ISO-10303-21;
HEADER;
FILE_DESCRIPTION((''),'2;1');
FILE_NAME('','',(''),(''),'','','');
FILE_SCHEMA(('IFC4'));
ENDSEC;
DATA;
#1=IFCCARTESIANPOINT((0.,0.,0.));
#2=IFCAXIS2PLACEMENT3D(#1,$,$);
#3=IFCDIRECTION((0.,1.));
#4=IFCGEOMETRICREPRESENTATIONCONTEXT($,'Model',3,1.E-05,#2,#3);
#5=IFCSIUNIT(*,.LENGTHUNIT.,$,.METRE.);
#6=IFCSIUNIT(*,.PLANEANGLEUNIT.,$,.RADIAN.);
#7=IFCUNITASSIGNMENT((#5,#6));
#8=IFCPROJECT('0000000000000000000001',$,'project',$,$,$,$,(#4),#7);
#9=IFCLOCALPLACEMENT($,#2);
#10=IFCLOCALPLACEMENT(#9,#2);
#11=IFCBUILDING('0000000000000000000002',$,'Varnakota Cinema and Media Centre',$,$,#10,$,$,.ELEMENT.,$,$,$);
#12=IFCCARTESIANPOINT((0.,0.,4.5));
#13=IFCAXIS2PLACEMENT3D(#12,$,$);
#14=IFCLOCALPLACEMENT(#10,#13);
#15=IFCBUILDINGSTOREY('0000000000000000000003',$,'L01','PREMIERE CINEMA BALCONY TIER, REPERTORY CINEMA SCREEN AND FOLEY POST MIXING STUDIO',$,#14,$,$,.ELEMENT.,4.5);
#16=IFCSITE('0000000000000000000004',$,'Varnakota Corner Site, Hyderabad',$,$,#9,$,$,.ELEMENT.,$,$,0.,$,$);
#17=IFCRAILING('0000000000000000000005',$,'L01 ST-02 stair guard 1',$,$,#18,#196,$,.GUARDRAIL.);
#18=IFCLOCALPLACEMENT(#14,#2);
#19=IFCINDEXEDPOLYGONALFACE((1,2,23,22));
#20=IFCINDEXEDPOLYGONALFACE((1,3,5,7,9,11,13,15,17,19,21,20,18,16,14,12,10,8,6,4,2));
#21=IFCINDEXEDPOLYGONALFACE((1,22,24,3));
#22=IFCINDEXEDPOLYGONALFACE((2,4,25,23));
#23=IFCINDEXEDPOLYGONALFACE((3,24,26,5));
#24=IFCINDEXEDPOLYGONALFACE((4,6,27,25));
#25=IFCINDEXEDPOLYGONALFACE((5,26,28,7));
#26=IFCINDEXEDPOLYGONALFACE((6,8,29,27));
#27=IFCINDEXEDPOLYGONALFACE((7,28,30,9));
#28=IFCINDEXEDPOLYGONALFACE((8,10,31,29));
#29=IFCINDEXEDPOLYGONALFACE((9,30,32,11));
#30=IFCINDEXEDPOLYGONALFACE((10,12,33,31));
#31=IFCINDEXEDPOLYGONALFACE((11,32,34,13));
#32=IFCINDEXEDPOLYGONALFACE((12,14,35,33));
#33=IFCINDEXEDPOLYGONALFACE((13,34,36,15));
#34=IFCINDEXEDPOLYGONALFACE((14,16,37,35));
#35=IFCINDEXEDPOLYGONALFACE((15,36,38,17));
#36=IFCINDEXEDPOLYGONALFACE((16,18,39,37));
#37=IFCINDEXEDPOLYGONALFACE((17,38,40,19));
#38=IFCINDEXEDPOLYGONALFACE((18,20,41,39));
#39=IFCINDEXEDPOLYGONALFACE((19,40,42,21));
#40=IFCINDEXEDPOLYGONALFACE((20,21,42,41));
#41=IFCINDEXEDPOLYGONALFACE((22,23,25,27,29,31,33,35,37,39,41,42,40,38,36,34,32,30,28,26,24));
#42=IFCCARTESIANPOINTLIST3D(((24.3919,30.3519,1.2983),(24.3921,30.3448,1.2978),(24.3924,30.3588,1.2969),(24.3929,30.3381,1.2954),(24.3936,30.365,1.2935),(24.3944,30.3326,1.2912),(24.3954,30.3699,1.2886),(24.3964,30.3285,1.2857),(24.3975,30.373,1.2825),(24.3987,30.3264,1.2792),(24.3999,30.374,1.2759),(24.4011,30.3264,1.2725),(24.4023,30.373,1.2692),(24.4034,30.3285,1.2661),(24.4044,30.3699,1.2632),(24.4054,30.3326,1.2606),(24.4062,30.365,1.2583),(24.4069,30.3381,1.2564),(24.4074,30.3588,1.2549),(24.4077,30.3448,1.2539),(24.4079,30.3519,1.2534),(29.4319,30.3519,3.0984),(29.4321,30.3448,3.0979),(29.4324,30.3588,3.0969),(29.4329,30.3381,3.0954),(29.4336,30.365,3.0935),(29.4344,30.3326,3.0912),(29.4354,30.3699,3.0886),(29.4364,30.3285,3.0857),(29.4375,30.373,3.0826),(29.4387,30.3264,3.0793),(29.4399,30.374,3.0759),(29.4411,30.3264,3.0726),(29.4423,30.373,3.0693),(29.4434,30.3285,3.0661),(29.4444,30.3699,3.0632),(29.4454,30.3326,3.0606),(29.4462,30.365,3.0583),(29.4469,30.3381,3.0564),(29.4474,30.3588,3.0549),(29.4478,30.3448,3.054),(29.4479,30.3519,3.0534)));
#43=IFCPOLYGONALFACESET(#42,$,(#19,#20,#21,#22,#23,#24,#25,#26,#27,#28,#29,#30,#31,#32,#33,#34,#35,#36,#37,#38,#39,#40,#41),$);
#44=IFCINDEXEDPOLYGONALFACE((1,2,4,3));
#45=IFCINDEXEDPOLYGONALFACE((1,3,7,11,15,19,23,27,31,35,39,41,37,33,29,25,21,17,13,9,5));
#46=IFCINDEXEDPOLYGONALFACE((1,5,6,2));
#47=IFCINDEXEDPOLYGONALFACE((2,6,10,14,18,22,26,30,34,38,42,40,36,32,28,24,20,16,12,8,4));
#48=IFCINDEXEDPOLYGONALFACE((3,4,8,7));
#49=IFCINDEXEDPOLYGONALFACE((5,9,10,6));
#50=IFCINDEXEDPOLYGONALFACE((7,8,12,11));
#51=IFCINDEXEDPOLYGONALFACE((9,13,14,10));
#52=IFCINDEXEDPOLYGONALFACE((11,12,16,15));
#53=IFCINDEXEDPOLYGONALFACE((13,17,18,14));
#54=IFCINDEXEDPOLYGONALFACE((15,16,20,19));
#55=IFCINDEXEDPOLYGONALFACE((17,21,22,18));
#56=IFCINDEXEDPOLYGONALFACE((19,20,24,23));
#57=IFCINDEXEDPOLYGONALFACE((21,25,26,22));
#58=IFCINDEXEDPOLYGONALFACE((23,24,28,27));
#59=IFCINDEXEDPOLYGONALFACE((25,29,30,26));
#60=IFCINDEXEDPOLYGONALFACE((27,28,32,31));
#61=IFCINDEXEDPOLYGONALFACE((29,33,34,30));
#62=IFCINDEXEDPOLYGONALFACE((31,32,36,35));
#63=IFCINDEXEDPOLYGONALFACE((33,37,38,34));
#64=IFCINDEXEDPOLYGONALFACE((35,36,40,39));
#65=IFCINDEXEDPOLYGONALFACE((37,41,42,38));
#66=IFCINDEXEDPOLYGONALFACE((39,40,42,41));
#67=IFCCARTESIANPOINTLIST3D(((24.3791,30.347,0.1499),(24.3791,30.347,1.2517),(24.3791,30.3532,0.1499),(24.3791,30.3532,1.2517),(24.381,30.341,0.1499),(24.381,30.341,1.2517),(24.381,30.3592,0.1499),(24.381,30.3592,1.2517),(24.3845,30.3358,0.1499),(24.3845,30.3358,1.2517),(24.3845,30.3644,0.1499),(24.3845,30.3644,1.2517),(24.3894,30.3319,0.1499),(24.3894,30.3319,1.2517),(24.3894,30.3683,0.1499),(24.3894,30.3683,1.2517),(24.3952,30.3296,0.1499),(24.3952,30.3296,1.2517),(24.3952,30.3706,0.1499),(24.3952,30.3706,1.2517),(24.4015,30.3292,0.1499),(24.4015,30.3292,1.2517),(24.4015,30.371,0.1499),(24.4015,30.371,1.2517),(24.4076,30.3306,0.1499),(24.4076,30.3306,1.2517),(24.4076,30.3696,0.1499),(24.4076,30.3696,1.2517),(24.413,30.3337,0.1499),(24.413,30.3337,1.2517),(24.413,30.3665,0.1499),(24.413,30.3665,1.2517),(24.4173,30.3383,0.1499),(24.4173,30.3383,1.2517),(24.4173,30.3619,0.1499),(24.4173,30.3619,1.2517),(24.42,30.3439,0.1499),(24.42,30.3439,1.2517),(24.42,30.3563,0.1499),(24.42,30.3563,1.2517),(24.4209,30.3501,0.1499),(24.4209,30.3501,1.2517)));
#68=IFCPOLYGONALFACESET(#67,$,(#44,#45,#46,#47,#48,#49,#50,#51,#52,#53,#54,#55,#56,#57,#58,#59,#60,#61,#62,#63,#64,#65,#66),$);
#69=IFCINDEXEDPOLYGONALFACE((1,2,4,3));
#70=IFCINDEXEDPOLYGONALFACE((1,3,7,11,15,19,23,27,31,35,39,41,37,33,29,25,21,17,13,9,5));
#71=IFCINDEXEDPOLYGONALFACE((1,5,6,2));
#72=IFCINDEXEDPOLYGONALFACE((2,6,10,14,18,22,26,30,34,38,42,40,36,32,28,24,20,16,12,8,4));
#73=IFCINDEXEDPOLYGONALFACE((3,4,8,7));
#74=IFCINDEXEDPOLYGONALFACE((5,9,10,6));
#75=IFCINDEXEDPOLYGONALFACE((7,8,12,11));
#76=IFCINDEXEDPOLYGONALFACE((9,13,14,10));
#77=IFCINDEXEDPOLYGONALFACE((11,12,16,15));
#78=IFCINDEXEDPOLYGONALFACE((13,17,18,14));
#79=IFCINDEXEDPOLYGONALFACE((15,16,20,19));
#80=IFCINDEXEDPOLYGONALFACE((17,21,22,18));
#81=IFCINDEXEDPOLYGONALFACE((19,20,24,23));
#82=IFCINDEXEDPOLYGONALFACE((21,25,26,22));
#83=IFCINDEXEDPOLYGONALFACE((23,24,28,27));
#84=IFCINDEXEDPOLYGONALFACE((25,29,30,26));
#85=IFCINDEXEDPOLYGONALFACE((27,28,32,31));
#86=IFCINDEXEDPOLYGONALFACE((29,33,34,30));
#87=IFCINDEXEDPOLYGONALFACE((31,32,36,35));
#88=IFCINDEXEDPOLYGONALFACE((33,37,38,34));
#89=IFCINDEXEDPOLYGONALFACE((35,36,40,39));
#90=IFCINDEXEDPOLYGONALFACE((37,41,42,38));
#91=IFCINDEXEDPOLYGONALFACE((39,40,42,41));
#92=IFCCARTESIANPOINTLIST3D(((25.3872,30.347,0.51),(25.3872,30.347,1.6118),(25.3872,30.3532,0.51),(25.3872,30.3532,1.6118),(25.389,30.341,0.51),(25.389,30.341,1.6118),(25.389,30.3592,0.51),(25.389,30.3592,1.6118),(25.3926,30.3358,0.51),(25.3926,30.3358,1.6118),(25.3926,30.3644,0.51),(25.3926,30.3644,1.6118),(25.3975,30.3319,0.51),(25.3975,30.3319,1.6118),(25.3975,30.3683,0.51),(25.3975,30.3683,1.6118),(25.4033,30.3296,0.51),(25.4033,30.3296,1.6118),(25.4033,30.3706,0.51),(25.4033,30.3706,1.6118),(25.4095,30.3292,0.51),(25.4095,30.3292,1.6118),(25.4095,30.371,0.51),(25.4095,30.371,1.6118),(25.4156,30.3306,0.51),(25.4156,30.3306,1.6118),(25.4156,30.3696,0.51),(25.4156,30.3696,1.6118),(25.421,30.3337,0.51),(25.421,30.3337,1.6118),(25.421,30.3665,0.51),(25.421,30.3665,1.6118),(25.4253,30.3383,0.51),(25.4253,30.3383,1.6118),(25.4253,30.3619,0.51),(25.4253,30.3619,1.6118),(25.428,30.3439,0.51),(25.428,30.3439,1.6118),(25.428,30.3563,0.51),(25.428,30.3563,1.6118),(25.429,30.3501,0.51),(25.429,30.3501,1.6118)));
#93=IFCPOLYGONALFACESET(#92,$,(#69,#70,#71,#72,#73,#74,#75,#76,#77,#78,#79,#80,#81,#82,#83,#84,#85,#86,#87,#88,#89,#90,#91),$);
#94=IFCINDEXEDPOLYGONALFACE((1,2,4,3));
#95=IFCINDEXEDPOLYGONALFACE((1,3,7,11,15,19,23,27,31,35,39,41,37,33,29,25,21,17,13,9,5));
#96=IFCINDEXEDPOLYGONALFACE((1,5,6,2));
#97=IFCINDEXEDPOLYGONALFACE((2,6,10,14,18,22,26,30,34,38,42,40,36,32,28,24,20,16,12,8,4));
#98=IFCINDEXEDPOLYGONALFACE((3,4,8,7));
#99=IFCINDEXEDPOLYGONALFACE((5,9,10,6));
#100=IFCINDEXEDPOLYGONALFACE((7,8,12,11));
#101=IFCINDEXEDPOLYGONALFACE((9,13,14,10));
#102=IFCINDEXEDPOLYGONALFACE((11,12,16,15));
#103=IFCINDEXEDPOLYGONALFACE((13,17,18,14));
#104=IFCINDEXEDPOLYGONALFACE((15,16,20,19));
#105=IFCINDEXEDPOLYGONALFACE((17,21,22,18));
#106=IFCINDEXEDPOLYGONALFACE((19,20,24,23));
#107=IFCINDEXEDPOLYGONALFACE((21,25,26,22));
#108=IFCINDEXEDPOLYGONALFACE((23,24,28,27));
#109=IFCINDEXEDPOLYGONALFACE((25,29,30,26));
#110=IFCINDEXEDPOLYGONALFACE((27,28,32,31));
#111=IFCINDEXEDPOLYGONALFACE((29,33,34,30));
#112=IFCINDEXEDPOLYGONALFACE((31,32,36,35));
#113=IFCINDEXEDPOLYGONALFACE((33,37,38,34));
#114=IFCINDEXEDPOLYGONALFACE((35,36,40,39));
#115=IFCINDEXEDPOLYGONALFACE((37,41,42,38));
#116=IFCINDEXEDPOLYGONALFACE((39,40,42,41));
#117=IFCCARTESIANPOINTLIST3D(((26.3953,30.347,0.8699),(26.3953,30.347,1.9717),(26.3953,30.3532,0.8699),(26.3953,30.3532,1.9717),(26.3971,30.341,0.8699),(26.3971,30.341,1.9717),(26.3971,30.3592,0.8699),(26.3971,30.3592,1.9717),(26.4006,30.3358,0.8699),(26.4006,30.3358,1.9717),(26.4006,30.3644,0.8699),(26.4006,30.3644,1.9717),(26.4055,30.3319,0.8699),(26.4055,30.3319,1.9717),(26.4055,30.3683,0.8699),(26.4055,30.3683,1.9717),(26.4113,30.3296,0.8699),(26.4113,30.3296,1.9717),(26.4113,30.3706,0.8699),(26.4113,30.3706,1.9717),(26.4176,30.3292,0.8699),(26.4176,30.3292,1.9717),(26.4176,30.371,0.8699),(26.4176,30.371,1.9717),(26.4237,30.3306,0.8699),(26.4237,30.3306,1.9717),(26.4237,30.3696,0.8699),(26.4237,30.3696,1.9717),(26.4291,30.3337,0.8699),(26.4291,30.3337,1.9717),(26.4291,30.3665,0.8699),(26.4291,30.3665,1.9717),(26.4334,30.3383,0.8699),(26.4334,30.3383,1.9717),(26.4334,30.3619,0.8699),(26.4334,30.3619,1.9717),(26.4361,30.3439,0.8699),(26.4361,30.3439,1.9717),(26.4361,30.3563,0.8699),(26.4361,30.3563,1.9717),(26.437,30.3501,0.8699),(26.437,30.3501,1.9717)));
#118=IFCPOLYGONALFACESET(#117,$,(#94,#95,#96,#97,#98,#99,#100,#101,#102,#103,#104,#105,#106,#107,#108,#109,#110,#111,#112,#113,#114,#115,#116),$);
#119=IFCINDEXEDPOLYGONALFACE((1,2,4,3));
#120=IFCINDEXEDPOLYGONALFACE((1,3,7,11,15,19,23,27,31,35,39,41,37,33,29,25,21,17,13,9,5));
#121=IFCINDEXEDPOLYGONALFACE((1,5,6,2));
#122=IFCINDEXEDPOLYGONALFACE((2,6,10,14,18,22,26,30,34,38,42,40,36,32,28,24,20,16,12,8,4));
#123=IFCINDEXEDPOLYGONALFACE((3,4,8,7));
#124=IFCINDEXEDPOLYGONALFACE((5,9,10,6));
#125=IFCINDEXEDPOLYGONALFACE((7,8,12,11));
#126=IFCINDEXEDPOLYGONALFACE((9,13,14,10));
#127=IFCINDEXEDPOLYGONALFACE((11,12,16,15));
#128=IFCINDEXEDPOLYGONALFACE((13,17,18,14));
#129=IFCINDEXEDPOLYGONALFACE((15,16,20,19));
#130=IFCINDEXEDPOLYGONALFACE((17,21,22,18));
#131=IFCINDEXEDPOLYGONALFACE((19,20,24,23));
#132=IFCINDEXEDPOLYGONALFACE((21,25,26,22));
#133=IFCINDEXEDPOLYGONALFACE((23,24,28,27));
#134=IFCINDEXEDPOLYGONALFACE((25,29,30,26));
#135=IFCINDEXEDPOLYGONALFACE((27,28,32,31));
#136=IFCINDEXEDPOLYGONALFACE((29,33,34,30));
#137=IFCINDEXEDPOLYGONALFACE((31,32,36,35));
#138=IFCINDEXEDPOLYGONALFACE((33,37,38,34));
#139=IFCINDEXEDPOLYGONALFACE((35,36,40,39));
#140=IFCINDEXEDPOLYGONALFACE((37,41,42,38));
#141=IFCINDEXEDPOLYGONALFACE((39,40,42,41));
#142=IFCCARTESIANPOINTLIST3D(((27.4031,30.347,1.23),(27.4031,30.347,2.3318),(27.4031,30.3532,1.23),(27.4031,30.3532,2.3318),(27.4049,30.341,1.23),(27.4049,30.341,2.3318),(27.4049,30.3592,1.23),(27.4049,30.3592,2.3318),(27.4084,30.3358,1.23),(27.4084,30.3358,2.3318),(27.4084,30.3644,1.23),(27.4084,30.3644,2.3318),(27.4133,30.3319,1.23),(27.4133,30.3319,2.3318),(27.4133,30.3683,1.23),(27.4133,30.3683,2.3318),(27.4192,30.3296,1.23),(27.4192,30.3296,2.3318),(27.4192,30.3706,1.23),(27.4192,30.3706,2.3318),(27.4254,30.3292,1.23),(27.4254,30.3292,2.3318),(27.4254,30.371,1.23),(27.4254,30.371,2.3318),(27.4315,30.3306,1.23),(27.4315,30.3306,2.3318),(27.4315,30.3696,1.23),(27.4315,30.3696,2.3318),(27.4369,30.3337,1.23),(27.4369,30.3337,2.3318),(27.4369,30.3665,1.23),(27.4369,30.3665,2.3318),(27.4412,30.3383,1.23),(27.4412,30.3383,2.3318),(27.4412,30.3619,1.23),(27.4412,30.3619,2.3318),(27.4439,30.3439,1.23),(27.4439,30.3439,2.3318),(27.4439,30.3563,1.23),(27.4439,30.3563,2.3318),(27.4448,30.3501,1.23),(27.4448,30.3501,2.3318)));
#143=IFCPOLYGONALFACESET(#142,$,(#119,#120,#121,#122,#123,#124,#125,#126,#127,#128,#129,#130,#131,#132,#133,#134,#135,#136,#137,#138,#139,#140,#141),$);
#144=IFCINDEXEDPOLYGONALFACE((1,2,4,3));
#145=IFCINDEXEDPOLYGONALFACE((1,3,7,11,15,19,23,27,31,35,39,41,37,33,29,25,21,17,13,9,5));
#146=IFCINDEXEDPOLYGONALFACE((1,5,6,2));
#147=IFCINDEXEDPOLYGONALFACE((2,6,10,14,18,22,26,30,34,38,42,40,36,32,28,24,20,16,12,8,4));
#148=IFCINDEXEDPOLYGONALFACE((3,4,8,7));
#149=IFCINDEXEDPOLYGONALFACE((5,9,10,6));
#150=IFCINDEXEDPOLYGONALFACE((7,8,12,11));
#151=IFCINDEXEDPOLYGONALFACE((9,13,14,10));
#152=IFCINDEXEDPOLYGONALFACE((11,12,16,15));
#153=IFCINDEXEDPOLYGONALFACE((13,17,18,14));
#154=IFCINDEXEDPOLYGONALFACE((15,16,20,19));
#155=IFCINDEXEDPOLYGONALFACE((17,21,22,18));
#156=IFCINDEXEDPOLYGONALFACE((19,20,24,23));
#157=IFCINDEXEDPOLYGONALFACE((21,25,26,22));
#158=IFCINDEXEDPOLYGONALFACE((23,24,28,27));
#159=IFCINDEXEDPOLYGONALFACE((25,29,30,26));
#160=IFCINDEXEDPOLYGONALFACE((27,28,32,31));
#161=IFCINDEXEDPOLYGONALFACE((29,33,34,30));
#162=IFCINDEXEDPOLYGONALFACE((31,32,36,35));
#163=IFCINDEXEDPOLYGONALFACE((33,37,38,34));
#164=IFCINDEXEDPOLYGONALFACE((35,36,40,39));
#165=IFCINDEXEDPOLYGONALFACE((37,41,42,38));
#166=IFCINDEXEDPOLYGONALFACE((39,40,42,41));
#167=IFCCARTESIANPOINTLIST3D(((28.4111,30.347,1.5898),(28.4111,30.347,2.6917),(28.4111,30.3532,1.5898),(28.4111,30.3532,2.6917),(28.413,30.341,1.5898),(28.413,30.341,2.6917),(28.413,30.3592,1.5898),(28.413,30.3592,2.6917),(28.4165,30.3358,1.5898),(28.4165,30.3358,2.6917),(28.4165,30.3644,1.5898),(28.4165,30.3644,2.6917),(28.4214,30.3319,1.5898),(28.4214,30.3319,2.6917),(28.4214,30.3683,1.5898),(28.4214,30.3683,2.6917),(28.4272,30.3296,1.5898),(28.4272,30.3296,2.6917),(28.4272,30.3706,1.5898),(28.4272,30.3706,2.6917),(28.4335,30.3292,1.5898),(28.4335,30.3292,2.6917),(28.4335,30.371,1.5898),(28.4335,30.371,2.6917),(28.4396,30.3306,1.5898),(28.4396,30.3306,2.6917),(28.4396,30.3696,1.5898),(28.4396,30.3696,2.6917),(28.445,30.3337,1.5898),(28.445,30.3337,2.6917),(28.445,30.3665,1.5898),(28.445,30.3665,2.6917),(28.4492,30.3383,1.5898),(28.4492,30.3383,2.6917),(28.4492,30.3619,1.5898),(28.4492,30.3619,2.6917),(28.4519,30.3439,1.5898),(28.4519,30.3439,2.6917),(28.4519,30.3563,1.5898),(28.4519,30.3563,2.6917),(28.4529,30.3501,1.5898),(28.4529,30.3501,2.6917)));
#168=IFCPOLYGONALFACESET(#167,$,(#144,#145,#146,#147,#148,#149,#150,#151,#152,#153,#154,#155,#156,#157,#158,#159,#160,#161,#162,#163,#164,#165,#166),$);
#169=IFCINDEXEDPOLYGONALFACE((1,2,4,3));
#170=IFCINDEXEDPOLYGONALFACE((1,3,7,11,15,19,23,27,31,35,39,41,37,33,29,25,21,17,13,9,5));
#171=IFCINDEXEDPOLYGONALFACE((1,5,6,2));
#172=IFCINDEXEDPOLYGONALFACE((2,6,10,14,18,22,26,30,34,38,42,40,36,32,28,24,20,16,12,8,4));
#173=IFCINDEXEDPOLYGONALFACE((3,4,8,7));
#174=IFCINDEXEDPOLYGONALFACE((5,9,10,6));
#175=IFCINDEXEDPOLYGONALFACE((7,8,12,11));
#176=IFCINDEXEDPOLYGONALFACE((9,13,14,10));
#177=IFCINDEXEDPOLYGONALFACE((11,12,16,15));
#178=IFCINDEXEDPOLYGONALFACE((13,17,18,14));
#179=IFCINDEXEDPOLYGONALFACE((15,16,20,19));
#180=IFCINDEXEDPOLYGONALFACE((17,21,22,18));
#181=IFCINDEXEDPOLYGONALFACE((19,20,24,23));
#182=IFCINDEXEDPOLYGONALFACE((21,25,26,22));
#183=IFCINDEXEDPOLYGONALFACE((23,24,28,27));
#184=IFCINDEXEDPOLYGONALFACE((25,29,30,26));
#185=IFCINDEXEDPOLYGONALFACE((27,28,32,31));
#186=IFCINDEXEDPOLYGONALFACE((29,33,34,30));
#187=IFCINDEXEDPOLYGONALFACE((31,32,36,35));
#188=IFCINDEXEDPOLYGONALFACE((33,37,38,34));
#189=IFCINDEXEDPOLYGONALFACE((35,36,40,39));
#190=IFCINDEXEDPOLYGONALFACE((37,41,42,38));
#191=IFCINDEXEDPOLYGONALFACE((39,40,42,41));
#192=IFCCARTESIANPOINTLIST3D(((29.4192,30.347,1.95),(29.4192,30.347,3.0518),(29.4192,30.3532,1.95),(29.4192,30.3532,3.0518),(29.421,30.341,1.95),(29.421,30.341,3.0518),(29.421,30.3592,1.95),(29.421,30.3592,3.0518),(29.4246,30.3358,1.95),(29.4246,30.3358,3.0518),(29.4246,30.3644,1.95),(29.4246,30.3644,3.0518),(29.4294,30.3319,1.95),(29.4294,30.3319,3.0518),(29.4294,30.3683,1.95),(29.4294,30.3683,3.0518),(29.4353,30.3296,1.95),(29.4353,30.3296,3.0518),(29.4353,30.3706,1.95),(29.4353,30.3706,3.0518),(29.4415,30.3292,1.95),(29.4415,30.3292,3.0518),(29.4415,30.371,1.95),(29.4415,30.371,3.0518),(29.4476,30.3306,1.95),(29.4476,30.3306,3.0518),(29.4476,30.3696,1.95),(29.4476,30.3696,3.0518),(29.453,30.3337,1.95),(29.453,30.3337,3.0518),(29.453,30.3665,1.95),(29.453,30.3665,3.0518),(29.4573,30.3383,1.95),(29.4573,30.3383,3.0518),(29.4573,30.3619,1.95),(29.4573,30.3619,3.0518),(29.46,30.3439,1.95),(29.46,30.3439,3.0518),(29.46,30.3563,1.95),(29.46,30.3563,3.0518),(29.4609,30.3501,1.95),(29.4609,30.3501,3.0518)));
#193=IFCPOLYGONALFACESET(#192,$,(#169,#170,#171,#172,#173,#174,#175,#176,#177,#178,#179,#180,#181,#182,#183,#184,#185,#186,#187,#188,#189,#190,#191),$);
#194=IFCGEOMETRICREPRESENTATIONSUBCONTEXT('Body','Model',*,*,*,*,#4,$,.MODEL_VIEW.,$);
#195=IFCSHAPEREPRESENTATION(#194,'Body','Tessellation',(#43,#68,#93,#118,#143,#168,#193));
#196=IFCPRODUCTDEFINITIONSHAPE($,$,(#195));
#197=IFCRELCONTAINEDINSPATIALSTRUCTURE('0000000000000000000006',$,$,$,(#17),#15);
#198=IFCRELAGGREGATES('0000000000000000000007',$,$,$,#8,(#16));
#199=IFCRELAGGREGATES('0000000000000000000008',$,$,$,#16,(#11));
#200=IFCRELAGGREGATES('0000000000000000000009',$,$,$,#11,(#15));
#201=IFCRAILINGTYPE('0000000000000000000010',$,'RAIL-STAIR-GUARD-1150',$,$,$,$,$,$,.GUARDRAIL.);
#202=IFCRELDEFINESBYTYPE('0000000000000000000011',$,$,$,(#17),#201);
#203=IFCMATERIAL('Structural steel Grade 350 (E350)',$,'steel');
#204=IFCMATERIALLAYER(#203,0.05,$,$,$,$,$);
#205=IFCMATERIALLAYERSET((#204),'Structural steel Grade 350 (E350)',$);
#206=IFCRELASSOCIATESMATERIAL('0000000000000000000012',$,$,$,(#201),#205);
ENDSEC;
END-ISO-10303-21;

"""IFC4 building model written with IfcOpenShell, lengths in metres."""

from ifc_helpers import new_model, si_unit, direction, frame, origin, origin_2d, place, context, subcontext, project, spatial, circle, extrude, material, layer, layer_set, type_object, element, save


model = new_model("IFC4")

# Units and contexts
model_context = context("Model", 3, precision=1e-05, world=origin(), true_north=direction((0.0, 1.0)))
body_context = subcontext(model_context, "Body", "Model", "MODEL_VIEW")
ifc_project = project(units=[si_unit("LENGTHUNIT", "METRE"), si_unit("PLANEANGLEUNIT", "RADIAN")], contexts=[model_context])

# Site, building, storey
site_placement = place(None, origin())
site = spatial("IfcSite", under=ifc_project, at=site_placement, Name="Varnakota Corner Site, Hyderabad", CompositionType="ELEMENT", RefElevation=0.0)
building_placement = place(site_placement, origin())
building = spatial("IfcBuilding", under=site, at=building_placement, Name="Varnakota Cinema and Media Centre", CompositionType="ELEMENT")
storey_placement = place(building_placement, frame((0.0, 0.0, 4.5)))
storey = spatial("IfcBuildingStorey", under=building, at=storey_placement, Name="L01", Description="PREMIERE CINEMA BALCONY TIER, REPERTORY CINEMA SCREEN AND FOLEY POST MIXING STUDIO", CompositionType="ELEMENT", Elevation=4.5)

# Railing
ifc_material_1 = material(Name="Structural steel Grade 350 (E350)", Category="steel")
ifc_layer_1 = layer(ifc_material_1, 0.05)
ifc_layer_set_1 = layer_set([ifc_layer_1], Name="Structural steel Grade 350 (E350)")
railing_type_1 = type_object("IfcRailingType", Name="RAIL-STAIR-GUARD-1150", PredefinedType="GUARDRAIL", material=ifc_layer_set_1)
railing_1_placement = place(storey_placement, frame((24.3999, 30.3501, 0.1499)))
element("IfcRailing", 1, at=railing_1_placement, inside=storey, type_object=railing_type_1, Name="L01 ST-02 stair guard 1", PredefinedType="GUARDRAIL", context=body_context, shape_type="SweptSolid", body=[
    extrude(circle(Radius=0.0239, at=origin_2d()), frame((0.0, 0.0, 1.126), z_axis=(0.94174, 0.0, 0.336342), x_axis=(0.0, 1.0, 0.0)), (0.0, 0.0, 1.0), 5.3518),
    extrude(circle(Radius=0.021, at=origin_2d()), origin(), (0.0, 0.0, 1.0), 1.1018),
    extrude(circle(Radius=0.021, at=origin_2d()), frame((1.0081, 0.0, 0.3601)), (0.0, 0.0, 1.0), 1.1018),
    extrude(circle(Radius=0.021, at=origin_2d()), frame((2.0161, 0.0, 0.72)), (0.0, 0.0, 1.0), 1.1018),
    extrude(circle(Radius=0.021, at=origin_2d()), frame((3.0239, 0.0, 1.0801)), (0.0, 0.0, 1.0), 1.1018),
    extrude(circle(Radius=0.021, at=origin_2d()), frame((4.032, 0.0, 1.4399)), (0.0, 0.0, 1.0), 1.1018),
    extrude(circle(Radius=0.021, at=origin_2d()), frame((5.04, 0.0, 1.8)), (0.0, 0.0, 1.0), 1.1018),
])

save(model, "model.ifc")
